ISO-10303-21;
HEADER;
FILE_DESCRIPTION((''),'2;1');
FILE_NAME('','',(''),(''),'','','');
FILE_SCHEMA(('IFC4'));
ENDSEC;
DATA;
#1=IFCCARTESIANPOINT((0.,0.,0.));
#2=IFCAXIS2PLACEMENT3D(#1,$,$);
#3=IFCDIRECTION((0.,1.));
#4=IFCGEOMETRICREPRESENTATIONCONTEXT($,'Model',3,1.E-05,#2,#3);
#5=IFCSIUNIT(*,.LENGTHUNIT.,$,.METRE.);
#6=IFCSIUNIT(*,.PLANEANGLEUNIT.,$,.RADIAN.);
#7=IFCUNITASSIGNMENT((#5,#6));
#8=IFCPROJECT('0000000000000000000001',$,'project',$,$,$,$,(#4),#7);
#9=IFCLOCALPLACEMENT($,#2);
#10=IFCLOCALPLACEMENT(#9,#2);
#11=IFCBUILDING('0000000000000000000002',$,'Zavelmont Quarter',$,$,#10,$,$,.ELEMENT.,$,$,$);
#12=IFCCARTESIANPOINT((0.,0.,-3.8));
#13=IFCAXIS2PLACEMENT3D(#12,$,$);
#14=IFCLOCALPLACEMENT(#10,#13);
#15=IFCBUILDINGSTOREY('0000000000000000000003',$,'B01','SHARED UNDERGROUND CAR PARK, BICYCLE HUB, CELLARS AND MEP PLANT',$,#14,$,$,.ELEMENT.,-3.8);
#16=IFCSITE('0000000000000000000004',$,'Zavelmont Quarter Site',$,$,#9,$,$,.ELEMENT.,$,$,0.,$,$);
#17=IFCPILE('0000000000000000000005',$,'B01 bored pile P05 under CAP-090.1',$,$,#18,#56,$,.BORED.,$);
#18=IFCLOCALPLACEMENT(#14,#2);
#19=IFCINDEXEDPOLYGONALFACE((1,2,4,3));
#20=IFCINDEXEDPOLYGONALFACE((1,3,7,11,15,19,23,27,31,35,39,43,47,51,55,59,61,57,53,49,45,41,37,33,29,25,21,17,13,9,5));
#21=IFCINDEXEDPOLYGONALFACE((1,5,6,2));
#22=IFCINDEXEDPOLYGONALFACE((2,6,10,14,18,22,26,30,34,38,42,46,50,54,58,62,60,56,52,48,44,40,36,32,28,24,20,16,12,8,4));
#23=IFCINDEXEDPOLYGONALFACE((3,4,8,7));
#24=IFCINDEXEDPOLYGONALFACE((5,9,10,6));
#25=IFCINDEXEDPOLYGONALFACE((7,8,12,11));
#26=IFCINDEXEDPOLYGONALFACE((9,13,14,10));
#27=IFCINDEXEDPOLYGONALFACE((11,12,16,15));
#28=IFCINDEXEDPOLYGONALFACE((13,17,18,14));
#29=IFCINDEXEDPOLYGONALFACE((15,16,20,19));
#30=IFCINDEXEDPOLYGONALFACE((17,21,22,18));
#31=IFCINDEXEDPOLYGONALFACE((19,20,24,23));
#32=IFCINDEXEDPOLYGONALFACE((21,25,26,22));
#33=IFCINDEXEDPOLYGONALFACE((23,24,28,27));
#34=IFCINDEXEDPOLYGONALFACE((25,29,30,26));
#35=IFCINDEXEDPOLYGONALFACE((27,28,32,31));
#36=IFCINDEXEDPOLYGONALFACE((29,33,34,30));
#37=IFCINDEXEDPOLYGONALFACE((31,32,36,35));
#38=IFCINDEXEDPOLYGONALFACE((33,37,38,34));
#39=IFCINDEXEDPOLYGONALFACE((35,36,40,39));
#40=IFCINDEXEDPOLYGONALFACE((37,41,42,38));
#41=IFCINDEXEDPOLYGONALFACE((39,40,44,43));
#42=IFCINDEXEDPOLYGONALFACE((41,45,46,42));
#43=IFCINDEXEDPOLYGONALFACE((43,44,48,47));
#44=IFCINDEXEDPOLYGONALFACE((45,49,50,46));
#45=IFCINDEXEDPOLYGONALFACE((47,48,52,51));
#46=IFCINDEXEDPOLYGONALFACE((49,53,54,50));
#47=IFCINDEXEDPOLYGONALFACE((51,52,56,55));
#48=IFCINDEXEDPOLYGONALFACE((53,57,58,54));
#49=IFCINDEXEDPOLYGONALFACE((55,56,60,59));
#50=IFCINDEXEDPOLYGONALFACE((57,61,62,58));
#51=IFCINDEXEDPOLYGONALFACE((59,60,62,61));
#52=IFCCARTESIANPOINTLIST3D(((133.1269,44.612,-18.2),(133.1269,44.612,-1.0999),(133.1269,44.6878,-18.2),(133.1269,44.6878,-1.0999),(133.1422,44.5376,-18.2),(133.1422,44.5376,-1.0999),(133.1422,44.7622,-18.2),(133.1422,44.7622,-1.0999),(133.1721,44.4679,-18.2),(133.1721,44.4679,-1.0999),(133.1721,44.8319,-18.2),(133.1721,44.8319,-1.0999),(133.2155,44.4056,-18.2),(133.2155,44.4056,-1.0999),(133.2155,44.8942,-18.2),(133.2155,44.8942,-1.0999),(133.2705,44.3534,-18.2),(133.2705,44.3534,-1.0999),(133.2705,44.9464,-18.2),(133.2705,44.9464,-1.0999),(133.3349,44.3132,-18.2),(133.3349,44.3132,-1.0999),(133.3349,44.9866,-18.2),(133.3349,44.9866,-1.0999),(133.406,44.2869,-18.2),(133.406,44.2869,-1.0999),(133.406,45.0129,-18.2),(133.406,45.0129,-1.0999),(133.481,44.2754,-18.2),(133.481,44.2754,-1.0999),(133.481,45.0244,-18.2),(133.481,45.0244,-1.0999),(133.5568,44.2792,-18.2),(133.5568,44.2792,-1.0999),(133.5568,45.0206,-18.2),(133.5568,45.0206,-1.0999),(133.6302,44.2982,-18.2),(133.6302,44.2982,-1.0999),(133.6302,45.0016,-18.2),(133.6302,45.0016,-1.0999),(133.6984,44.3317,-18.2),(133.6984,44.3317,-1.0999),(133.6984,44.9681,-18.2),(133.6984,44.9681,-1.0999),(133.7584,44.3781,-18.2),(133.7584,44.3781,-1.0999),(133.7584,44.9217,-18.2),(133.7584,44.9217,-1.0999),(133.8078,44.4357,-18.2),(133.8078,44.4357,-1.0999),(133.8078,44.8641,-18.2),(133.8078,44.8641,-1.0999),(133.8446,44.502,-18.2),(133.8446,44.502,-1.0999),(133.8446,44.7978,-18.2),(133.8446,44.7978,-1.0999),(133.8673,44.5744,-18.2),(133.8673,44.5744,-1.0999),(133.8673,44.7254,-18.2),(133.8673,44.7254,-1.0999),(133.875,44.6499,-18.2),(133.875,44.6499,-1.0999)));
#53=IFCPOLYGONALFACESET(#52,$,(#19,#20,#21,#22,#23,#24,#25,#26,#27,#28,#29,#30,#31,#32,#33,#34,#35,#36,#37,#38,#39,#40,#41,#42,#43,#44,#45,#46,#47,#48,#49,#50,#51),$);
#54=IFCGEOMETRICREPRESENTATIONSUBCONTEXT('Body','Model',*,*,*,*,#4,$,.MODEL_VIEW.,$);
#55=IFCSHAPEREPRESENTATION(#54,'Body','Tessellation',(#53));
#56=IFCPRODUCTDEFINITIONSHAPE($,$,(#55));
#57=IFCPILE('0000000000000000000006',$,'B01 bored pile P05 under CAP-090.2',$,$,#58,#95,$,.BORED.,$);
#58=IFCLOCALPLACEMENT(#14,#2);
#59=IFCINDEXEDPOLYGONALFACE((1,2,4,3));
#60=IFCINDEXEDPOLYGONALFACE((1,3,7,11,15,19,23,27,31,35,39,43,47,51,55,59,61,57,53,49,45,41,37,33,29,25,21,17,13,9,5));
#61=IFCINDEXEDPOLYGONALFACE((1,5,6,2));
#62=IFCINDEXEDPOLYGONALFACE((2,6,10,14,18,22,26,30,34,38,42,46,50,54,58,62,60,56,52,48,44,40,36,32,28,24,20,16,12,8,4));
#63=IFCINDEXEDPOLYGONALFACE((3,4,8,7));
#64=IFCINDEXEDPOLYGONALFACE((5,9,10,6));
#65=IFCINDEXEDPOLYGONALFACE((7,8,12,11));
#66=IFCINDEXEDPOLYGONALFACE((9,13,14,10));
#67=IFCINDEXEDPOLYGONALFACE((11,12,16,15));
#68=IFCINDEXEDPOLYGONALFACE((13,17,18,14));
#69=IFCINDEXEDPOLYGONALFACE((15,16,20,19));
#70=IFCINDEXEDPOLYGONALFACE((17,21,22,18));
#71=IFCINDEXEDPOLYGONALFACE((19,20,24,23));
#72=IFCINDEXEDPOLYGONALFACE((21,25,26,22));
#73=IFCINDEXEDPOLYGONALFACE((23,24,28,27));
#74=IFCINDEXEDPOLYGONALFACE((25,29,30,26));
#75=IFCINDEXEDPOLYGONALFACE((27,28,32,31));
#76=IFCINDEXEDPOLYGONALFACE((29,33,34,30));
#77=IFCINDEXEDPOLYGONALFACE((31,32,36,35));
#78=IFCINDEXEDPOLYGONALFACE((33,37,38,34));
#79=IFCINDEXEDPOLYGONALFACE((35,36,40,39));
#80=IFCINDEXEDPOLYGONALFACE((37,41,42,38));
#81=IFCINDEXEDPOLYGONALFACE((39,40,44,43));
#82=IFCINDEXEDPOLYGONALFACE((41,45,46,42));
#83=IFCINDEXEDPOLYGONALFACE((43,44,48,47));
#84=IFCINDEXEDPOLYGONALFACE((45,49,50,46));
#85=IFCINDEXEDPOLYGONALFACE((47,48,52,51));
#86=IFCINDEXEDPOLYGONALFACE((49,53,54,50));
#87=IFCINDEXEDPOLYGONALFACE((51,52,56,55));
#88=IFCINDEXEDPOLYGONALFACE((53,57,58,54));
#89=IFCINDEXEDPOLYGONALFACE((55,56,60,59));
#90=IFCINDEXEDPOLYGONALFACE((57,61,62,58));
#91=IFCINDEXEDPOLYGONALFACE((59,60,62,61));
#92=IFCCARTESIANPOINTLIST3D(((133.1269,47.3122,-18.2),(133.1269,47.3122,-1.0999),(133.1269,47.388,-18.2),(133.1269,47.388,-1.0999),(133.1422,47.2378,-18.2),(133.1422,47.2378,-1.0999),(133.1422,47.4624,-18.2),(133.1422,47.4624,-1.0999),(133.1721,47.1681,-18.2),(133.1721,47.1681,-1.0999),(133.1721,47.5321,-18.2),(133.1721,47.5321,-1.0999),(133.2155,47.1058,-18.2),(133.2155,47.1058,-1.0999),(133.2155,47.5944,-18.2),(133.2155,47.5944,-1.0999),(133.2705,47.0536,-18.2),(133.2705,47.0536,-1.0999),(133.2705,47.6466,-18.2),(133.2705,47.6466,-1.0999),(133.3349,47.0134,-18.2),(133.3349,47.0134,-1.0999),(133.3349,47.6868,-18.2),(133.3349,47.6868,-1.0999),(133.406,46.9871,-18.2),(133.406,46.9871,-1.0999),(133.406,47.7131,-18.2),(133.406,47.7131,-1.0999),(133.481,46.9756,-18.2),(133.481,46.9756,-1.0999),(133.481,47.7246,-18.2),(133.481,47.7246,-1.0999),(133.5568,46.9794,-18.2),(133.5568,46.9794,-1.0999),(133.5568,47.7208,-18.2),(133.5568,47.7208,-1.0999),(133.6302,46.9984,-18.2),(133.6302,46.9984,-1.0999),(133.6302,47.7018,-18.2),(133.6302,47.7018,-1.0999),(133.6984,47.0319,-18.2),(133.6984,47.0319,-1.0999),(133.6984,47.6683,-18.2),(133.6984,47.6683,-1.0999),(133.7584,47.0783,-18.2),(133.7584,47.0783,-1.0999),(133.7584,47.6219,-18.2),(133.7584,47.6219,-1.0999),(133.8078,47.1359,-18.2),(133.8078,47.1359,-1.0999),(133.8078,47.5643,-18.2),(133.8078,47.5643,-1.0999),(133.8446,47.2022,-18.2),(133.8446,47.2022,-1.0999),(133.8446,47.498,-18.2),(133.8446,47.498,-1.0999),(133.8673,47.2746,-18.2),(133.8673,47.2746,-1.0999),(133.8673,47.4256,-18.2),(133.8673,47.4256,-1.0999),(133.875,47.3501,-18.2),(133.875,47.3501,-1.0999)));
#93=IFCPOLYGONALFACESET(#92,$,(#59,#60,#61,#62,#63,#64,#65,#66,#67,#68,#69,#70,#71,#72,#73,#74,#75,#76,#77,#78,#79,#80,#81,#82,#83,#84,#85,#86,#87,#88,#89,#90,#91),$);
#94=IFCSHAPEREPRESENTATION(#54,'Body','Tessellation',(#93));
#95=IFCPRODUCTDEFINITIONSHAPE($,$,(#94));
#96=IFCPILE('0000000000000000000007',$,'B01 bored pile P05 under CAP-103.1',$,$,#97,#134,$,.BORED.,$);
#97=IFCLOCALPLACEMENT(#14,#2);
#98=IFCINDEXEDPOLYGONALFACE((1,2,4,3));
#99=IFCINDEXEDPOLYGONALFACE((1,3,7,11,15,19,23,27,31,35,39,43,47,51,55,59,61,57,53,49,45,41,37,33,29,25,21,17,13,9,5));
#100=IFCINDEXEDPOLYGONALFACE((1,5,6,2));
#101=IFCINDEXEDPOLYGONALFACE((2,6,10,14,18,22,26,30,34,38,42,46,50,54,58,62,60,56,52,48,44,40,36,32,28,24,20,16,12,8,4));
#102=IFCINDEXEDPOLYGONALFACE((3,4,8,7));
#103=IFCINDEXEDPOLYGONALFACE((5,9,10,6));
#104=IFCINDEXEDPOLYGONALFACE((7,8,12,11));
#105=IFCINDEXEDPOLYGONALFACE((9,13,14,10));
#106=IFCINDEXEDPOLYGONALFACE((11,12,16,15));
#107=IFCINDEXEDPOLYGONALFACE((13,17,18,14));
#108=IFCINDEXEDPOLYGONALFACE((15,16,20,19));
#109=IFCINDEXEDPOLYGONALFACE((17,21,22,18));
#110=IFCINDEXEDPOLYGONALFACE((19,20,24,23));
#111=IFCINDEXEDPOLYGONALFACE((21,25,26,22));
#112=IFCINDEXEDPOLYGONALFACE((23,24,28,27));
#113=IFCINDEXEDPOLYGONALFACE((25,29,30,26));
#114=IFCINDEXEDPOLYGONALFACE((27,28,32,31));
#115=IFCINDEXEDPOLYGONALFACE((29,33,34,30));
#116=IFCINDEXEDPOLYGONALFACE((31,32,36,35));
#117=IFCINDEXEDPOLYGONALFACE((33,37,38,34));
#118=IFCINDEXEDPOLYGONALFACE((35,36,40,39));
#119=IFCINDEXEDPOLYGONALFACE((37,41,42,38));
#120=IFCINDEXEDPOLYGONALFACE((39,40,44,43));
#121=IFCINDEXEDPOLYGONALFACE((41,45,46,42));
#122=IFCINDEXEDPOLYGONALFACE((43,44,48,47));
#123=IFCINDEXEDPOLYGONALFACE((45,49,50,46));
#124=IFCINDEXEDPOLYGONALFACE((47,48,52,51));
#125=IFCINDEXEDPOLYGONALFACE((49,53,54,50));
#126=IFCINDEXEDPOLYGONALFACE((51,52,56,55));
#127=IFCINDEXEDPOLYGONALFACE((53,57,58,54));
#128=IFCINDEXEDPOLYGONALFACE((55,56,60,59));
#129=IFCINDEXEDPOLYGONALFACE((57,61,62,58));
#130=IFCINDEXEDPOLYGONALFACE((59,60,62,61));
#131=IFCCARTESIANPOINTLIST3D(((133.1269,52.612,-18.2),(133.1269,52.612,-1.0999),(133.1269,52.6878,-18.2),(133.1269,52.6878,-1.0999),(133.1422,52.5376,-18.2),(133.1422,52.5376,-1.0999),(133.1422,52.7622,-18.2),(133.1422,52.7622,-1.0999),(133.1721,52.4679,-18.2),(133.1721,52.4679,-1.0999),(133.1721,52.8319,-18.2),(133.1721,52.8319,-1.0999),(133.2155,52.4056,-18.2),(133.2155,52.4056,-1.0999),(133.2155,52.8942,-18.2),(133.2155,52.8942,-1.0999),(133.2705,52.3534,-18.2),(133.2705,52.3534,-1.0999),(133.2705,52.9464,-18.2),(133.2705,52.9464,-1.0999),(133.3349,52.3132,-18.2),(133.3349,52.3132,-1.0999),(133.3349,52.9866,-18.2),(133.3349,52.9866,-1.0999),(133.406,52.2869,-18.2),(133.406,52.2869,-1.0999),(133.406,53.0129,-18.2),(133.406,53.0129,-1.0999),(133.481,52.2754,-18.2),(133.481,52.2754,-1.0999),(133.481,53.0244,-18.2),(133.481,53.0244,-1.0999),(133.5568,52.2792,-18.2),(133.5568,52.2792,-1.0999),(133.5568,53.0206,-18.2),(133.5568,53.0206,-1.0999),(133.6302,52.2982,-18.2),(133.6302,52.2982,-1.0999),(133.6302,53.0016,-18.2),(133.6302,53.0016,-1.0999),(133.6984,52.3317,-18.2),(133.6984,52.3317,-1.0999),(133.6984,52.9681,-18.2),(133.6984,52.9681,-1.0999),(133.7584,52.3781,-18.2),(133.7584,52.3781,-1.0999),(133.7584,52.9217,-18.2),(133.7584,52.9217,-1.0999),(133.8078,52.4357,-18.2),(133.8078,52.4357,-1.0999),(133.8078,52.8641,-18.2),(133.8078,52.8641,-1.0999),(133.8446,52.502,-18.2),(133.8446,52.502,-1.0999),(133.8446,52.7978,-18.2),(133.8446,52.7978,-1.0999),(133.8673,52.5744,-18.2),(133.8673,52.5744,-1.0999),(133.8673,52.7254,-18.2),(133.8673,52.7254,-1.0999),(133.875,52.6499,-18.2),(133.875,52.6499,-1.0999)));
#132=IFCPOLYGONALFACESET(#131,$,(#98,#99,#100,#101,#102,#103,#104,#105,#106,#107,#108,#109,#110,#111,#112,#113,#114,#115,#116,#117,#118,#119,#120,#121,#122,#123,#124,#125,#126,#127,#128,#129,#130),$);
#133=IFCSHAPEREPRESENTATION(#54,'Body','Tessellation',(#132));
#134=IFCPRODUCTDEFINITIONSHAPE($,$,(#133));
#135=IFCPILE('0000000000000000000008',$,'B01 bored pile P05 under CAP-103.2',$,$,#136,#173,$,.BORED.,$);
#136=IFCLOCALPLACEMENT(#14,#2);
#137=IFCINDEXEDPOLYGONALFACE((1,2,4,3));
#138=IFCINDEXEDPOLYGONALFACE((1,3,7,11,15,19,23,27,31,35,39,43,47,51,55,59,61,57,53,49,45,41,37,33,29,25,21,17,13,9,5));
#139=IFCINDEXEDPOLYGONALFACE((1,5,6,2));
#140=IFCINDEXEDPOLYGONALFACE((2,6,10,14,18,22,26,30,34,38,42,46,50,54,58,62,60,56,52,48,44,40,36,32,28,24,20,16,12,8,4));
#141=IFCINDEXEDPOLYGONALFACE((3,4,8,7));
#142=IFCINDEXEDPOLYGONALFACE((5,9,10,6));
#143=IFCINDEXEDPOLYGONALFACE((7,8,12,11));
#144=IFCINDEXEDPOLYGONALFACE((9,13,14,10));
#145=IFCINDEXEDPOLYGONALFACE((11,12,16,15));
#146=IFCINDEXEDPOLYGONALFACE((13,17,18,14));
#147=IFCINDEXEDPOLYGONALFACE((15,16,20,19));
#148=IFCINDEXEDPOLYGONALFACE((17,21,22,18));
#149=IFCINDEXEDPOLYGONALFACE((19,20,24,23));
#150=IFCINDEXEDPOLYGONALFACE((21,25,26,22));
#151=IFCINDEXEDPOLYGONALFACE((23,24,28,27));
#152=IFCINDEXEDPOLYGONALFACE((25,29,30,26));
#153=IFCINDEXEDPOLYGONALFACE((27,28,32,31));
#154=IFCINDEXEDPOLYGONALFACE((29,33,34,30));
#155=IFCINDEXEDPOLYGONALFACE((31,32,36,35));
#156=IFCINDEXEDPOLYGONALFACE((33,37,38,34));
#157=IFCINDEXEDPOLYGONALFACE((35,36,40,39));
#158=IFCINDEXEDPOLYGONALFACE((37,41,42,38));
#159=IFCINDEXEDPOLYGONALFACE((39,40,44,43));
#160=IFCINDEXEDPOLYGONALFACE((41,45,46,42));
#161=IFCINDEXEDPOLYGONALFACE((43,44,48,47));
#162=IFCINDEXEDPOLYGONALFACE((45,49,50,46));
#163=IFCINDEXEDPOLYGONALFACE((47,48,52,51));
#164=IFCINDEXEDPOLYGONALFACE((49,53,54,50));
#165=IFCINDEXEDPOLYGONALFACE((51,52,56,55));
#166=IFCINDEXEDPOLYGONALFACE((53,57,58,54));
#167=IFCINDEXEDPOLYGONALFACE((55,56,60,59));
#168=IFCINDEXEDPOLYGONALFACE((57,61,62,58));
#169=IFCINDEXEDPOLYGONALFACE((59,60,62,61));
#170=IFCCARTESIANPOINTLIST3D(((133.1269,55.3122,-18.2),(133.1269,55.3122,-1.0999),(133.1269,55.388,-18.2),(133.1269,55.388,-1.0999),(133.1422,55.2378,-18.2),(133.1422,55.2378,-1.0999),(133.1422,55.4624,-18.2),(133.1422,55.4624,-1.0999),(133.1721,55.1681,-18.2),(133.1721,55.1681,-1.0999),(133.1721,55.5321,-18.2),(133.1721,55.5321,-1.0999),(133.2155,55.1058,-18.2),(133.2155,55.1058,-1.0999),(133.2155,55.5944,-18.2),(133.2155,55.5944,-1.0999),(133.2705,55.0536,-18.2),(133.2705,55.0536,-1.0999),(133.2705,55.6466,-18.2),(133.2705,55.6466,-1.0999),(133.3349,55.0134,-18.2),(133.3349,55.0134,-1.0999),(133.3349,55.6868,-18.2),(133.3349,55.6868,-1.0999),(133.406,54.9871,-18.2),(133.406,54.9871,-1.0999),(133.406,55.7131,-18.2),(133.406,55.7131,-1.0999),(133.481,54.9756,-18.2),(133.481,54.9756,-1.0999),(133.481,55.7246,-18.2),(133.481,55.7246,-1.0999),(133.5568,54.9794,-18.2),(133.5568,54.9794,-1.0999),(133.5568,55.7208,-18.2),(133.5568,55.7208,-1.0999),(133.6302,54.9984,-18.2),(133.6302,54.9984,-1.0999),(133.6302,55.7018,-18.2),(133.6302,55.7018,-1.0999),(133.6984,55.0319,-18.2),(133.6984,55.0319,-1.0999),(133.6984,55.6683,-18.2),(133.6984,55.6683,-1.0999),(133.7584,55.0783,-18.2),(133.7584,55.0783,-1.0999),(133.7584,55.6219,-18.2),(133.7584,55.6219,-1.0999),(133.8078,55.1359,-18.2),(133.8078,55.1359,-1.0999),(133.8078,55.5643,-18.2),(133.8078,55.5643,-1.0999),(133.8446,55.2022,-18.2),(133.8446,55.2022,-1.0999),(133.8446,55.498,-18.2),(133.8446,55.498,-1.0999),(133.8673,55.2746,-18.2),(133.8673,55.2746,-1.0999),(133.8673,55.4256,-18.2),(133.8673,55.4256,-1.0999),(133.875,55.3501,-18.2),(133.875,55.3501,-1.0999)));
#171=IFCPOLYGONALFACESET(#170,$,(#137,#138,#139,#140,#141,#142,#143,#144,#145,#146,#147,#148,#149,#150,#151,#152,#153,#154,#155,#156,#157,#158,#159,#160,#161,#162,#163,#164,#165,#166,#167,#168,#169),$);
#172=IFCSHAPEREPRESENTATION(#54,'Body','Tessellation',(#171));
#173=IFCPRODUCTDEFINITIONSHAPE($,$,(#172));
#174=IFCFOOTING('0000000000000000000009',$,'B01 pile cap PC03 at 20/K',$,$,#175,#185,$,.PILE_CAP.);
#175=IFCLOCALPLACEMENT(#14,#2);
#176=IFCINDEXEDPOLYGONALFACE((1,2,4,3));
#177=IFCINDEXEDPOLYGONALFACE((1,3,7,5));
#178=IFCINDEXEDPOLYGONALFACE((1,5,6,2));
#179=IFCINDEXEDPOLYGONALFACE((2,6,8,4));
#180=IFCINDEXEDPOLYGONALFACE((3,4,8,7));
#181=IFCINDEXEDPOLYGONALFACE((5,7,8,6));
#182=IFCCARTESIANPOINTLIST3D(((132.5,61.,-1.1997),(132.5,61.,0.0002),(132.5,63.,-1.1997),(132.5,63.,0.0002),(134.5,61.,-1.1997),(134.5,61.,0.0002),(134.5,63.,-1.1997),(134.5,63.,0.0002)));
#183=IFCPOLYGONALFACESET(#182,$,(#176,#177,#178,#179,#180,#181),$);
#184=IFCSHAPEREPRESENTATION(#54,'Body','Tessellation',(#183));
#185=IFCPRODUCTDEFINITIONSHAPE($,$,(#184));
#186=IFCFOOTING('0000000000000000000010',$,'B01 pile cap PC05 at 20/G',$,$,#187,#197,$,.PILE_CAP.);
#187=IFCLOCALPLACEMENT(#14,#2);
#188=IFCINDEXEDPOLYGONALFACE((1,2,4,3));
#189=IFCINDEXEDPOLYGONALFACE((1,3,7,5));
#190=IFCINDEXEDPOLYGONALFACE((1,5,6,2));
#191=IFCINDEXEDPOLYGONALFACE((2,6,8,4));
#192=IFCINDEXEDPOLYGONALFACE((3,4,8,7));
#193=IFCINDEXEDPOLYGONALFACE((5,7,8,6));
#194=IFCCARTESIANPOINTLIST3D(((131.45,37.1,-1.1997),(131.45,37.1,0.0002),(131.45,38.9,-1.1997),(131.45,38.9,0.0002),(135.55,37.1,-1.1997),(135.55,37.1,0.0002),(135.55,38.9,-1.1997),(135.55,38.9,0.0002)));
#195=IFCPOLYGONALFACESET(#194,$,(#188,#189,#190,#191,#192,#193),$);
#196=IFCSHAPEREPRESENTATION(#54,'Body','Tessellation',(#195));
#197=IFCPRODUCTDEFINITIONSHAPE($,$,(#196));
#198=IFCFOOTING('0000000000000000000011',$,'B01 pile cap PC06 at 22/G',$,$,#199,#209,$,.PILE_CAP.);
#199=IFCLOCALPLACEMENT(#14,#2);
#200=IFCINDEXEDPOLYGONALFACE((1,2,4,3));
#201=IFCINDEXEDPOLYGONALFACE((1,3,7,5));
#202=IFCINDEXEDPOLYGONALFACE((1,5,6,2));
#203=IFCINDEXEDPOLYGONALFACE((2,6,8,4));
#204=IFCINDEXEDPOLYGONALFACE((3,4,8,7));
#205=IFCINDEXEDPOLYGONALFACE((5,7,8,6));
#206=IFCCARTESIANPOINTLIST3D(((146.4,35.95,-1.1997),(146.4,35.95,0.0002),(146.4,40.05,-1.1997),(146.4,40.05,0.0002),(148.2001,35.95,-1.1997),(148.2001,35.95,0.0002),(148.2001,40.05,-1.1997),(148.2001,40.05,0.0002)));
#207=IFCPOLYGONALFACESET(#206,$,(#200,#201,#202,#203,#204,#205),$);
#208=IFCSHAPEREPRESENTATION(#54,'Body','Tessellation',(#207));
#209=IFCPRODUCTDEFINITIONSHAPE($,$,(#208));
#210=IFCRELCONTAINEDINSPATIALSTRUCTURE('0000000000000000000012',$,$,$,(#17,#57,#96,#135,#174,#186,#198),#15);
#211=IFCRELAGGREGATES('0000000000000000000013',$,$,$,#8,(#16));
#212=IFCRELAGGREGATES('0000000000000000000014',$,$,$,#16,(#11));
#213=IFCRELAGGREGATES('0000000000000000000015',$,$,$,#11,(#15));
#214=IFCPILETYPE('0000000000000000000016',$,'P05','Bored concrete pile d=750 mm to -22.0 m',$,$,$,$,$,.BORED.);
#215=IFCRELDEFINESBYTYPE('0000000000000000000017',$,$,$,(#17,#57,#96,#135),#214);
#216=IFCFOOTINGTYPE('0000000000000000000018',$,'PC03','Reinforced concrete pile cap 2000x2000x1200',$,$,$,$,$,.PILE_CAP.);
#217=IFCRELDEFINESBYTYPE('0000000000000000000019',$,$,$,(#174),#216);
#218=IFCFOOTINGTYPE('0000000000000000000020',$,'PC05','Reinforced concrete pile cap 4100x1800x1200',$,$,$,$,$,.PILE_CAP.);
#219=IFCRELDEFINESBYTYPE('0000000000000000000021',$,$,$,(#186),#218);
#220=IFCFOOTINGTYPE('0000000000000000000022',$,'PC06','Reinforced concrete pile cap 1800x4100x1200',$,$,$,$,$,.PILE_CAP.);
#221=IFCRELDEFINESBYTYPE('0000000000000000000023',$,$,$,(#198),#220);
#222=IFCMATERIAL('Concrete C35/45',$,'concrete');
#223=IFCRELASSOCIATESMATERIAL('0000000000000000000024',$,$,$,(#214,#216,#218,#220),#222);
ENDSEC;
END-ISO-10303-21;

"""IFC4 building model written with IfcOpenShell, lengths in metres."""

from ifc_helpers import new_model, si_unit, direction, frame, origin, origin_2d, place, context, subcontext, project, spatial, rectangle, circle, extrude, material, material_profile, profile_set, type_object, element, save


model = new_model("IFC4")

# Units and contexts
model_context = context("Model", 3, precision=1e-05, world=origin(), true_north=direction((0.0, 1.0)))
body_context = subcontext(model_context, "Body", "Model", "MODEL_VIEW")
ifc_project = project(units=[si_unit("LENGTHUNIT", "METRE"), si_unit("PLANEANGLEUNIT", "RADIAN")], contexts=[model_context])

# Site, building, storey
site_placement = place(None, origin())
site = spatial("IfcSite", under=ifc_project, at=site_placement, Name="Zavelmont Quarter Site", CompositionType="ELEMENT", RefElevation=0.0)
building_placement = place(site_placement, origin())
building = spatial("IfcBuilding", under=site, at=building_placement, Name="Zavelmont Quarter", CompositionType="ELEMENT")
storey_placement = place(building_placement, frame((0.0, 0.0, -3.8)))
storey = spatial("IfcBuildingStorey", under=building, at=storey_placement, Name="B01", Description="SHARED UNDERGROUND CAR PARK, BICYCLE HUB, CELLARS AND MEP PLANT", CompositionType="ELEMENT", Elevation=-3.8)

# Shared definitions
ifc_material_1 = material(Name="Concrete C35/45", Category="concrete")

# Piles
ifc_material_profile_1 = material_profile(ifc_material_1, circle(Radius=0.375, at=origin_2d()), Name="BP750")
ifc_profile_set_1 = profile_set([ifc_material_profile_1], Name="Concrete C35/45")
pile_type_1 = type_object("IfcPileType", Name="P05", Description="Bored concrete pile d=750 mm to -22.0 m", PredefinedType="BORED", material=ifc_profile_set_1)
for number, where, z_axis, x_axis, name in (
    (1, (133.5, 44.6499, -1.0999), (0.0, 0.0, -1.0), (1.0, 0.0, 0.0), "B01 bored pile P05 under CAP-090.1"),
    (2, (133.5, 47.3501, -1.0999), (0.0, 0.0, -1.0), (1.0, 0.0, 0.0), "B01 bored pile P05 under CAP-090.2"),
    (3, (133.5, 52.6499, -1.0999), (0.0, 0.0, -1.0), (1.0, 0.0, 0.0), "B01 bored pile P05 under CAP-103.1"),
    (4, (133.5, 55.3501, -1.0999), (0.0, 0.0, -1.0), (1.0, 0.0, 0.0), "B01 bored pile P05 under CAP-103.2"),
):
    element("IfcPile", number, at=place(storey_placement, frame(where, z_axis=z_axis, x_axis=x_axis)), inside=storey, type_object=pile_type_1, Name=name, PredefinedType="BORED", context=body_context, shape_type="SweptSolid", body=[
        extrude(circle(Radius=0.375, at=origin_2d()), origin(), (0.0, 0.0, 1.0), 17.1001),
    ])

# Footings
footing_type_1 = type_object("IfcFootingType", Name="PC03", Description="Reinforced concrete pile cap 2000x2000x1200", PredefinedType="PILE_CAP", material=ifc_material_1)
footing_1_placement = place(storey_placement, frame((133.5, 62.0, -1.1997), z_axis=(0.0, 0.0, 1.0), x_axis=(1.0, 0.0, 0.0)))
element("IfcFooting", 5, at=footing_1_placement, inside=storey, type_object=footing_type_1, Name="B01 pile cap PC03 at 20/K", PredefinedType="PILE_CAP", context=body_context, shape_type="SweptSolid", body=[
    extrude(rectangle(XDim=2.0, YDim=2.0, at=origin_2d()), origin(), (0.0, 0.0, 1.0), 1.2),
])
footing_type_2 = type_object("IfcFootingType", Name="PC05", Description="Reinforced concrete pile cap 4100x1800x1200", PredefinedType="PILE_CAP", material=ifc_material_1)
footing_2_placement = place(storey_placement, frame((133.5, 38.0, -1.1997), z_axis=(0.0, 0.0, 1.0), x_axis=(1.0, 0.0, 0.0)))
element("IfcFooting", 6, at=footing_2_placement, inside=storey, type_object=footing_type_2, Name="B01 pile cap PC05 at 20/G", PredefinedType="PILE_CAP", context=body_context, shape_type="SweptSolid", body=[
    extrude(rectangle(XDim=4.1001, YDim=1.8, at=origin_2d()), origin(), (0.0, 0.0, 1.0), 1.2),
])
footing_type_3 = type_object("IfcFootingType", Name="PC06", Description="Reinforced concrete pile cap 1800x4100x1200", PredefinedType="PILE_CAP", material=ifc_material_1)
for number, where, z_axis, x_axis, name in (
    (7, (147.3, 38.0, -1.1997), (0.0, 0.0, 1.0), (1.0, 0.0, 0.0), "B01 pile cap PC06 at 22/G"),
):
    element("IfcFooting", number, at=place(storey_placement, frame(where, z_axis=z_axis, x_axis=x_axis)), inside=storey, type_object=footing_type_3, Name=name, PredefinedType="PILE_CAP", context=body_context, shape_type="SweptSolid", body=[
        extrude(rectangle(XDim=1.8, YDim=4.1001, at=origin_2d()), origin(), (0.0, 0.0, 1.0), 1.2),
    ])

save(model, "model.ifc")
